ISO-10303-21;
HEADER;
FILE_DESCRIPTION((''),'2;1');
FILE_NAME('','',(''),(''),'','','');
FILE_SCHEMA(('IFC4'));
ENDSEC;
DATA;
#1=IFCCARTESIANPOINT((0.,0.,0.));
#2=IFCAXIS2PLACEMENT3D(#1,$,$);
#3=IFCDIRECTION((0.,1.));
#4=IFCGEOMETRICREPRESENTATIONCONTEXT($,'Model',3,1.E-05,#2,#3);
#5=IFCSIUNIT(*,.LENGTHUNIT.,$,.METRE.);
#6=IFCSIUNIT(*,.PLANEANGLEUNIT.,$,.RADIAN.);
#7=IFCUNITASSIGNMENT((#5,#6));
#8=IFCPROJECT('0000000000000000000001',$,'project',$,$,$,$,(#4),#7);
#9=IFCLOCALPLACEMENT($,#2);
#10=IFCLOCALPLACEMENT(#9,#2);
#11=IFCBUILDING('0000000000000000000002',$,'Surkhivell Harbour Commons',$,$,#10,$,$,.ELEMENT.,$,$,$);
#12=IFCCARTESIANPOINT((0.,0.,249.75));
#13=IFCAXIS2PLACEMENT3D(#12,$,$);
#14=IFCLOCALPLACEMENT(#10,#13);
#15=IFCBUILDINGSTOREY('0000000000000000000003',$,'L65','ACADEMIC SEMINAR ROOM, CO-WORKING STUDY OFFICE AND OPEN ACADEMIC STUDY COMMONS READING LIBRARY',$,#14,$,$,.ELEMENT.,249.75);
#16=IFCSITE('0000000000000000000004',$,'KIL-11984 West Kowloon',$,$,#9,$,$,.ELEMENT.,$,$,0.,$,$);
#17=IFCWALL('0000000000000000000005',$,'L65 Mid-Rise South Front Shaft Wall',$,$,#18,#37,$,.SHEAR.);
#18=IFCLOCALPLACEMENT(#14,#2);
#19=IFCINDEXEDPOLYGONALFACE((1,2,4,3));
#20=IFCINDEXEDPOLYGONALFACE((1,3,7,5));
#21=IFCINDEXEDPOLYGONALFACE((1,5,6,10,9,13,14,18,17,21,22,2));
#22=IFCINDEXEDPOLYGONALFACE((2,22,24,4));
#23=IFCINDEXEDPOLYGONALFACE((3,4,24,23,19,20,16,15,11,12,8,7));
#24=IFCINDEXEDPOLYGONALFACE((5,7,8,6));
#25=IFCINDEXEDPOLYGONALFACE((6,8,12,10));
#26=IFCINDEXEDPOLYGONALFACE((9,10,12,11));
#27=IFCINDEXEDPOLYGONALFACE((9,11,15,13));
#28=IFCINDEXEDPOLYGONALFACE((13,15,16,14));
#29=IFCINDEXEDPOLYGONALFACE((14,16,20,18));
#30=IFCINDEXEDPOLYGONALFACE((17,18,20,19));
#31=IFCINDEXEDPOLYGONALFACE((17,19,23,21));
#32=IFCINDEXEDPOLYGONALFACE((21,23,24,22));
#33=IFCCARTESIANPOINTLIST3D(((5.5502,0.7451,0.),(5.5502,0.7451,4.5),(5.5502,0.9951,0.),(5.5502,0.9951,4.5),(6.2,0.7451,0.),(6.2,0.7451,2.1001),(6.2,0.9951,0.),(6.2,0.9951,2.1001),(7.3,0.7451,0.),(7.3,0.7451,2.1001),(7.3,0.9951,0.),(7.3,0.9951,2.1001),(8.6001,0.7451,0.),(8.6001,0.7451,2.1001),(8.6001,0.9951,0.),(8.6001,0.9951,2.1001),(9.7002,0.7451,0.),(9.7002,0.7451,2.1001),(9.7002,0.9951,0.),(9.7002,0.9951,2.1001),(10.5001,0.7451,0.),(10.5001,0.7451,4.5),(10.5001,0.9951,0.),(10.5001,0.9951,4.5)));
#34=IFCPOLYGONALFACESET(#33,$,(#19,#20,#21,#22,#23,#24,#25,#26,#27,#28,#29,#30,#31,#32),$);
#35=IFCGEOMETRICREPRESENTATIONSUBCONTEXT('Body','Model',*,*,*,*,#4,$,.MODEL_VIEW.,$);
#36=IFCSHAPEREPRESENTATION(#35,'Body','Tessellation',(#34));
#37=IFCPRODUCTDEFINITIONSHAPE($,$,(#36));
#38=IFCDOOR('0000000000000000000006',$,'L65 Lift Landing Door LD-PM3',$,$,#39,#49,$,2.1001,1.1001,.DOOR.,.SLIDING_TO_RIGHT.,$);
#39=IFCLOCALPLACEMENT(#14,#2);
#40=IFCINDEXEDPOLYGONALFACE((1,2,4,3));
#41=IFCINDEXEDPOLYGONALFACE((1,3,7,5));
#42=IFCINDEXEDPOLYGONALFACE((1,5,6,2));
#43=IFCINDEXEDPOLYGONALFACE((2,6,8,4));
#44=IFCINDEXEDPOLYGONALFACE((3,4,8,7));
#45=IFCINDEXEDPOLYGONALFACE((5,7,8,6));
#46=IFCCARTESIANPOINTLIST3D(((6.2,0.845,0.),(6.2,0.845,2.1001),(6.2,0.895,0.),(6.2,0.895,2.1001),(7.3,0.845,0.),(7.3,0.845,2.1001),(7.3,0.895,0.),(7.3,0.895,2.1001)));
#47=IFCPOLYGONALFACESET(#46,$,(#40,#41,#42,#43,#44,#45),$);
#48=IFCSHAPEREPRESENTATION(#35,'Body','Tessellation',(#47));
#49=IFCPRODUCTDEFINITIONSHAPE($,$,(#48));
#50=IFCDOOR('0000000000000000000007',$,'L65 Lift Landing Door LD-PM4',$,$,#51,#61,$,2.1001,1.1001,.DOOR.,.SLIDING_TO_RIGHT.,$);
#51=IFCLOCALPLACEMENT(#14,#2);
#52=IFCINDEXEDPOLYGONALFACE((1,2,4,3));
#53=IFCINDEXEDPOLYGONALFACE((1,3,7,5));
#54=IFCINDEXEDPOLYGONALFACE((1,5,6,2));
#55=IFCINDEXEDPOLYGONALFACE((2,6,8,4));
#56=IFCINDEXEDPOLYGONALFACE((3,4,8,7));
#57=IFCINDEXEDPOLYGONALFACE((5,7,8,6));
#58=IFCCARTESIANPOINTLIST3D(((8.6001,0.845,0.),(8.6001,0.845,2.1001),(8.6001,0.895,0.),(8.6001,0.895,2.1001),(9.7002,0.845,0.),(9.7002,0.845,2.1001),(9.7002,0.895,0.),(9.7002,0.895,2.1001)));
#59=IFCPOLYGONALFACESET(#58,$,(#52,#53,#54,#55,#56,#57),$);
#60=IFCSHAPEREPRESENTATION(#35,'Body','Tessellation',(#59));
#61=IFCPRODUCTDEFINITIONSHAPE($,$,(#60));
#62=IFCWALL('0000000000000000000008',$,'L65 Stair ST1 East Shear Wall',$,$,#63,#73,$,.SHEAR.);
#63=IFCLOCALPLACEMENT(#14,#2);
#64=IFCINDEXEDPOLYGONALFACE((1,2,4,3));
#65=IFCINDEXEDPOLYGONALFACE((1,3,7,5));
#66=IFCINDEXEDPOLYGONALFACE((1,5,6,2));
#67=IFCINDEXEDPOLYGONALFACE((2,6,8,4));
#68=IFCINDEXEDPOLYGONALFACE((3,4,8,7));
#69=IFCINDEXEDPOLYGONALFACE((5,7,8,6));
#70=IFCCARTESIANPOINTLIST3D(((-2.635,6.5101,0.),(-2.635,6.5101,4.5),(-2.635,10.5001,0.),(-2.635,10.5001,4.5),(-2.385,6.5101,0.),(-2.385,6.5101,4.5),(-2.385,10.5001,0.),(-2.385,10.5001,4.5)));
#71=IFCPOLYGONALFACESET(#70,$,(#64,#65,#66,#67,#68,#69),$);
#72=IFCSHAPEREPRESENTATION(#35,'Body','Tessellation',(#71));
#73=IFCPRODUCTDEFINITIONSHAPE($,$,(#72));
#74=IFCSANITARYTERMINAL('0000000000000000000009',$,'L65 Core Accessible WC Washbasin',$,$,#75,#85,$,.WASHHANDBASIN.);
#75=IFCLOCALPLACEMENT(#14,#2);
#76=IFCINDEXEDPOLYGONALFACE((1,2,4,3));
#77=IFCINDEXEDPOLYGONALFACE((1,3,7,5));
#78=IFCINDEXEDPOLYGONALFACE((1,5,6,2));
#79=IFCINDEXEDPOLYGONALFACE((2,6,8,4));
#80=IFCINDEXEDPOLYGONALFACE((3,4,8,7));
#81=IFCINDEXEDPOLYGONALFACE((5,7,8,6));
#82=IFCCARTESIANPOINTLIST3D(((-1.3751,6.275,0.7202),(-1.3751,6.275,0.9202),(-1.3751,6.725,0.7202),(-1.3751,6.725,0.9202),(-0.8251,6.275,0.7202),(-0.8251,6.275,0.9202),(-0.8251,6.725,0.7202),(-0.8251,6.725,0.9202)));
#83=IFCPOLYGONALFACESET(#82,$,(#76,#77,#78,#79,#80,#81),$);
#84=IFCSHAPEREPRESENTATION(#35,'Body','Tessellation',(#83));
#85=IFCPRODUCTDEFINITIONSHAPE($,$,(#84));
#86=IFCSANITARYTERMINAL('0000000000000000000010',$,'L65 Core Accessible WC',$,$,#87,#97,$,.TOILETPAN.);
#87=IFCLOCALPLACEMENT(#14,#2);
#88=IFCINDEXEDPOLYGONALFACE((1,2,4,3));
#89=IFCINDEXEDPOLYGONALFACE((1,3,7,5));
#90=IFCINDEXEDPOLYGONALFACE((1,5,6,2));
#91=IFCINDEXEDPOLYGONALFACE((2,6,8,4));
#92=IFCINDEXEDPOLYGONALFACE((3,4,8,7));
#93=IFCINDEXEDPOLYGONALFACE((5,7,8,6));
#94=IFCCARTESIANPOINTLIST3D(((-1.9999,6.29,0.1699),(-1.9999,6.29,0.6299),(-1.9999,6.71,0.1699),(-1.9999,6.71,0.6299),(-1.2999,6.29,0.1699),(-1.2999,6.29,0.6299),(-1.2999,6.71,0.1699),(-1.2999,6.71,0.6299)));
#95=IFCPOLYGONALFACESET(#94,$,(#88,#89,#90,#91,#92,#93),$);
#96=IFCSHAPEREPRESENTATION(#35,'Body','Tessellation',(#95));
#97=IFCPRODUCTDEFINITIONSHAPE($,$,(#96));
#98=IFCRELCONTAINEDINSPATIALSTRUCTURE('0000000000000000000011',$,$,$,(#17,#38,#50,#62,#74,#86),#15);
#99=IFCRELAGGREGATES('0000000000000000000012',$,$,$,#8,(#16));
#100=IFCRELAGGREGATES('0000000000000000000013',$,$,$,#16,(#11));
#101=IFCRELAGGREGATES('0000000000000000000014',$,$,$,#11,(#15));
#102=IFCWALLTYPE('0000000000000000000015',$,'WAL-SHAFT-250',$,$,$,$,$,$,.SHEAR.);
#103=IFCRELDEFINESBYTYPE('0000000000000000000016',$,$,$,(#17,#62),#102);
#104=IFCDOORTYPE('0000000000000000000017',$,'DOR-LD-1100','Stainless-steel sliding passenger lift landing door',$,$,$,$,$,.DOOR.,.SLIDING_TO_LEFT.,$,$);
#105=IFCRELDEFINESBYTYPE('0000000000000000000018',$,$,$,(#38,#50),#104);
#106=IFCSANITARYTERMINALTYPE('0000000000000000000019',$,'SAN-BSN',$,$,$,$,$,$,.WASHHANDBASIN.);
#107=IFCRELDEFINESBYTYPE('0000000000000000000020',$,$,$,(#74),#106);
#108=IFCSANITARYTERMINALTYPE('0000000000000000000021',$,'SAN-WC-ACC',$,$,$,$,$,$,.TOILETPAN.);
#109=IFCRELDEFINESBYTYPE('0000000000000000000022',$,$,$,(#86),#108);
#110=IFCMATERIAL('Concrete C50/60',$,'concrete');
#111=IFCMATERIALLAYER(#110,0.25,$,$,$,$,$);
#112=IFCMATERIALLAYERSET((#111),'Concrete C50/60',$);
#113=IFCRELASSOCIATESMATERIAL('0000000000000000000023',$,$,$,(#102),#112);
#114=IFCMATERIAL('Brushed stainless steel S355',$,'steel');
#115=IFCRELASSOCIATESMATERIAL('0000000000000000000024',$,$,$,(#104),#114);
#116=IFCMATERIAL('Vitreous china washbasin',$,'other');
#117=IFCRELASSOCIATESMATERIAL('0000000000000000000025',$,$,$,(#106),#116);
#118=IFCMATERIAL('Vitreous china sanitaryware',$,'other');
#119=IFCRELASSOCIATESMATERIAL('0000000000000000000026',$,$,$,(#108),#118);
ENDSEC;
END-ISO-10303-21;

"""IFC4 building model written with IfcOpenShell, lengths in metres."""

from ifc_helpers import new_model, si_unit, direction, frame, frame_2d, origin, origin_2d, place, context, subcontext, project, spatial, rectangle, extrude, material, layer, layer_set, type_object, element, fill, save


model = new_model("IFC4")

# Units and contexts
model_context = context("Model", 3, precision=1e-05, world=origin(), true_north=direction((0.0, 1.0)))
body_context = subcontext(model_context, "Body", "Model", "MODEL_VIEW")
ifc_project = project(units=[si_unit("LENGTHUNIT", "METRE"), si_unit("PLANEANGLEUNIT", "RADIAN")], contexts=[model_context])

# Site, building, storey
site_placement = place(None, origin())
site = spatial("IfcSite", under=ifc_project, at=site_placement, Name="KIL-11984 West Kowloon", CompositionType="ELEMENT", RefElevation=0.0)
building_placement = place(site_placement, origin())
building = spatial("IfcBuilding", under=site, at=building_placement, Name="Surkhivell Harbour Commons", CompositionType="ELEMENT")
storey_placement = place(building_placement, frame((0.0, 0.0, 249.75)))
storey = spatial("IfcBuildingStorey", under=building, at=storey_placement, Name="L65", Description="ACADEMIC SEMINAR ROOM, CO-WORKING STUDY OFFICE AND OPEN ACADEMIC STUDY COMMONS READING LIBRARY", CompositionType="ELEMENT", Elevation=249.75)

# Shared definitions
ifc_material_1 = material(Name="Concrete C50/60", Category="concrete")
ifc_layer_1 = layer(ifc_material_1, 0.25)
ifc_layer_set_1 = layer_set([ifc_layer_1], Name="Concrete C50/60")
wall_type_1 = type_object("IfcWallType", Name="WAL-SHAFT-250", PredefinedType="SHEAR", material=ifc_layer_set_1)

# Shared definitions
ifc_material_2 = material(Name="Brushed stainless steel S355", Category="steel")
door_type_1 = type_object("IfcDoorType", Name="DOR-LD-1100", Description="Stainless-steel sliding passenger lift landing door", OperationType="SLIDING_TO_LEFT", PredefinedType="DOOR", material=ifc_material_2)

# Wall, openings, doors
wall_1_placement = place(storey_placement, frame((5.55, 0.8701, 0.0), z_axis=(0.0, 0.0, 1.0), x_axis=(1.0, 0.0, 0.0)))
wall_1 = element("IfcWall", 1, at=wall_1_placement, inside=storey, type_object=wall_type_1, Name="L65 Mid-Rise South Front Shaft Wall", PredefinedType="SHEAR", context=body_context, shape_type="SweptSolid", body=[
    extrude(rectangle(XDim=4.95, YDim=0.25, at=frame_2d((2.4751, 0.0))), origin(), (0.0, 0.0, 1.0), 4.5),
])
opening_1_placement = place(wall_1_placement, frame((0.6499, 0.0, 0.0)))
opening_1 = element("IfcOpeningElement", 2, at=opening_1_placement, cuts=wall_1, PredefinedType="OPENING", context=body_context, shape_type="SweptSolid", body=[
    extrude(rectangle(XDim=1.1001, YDim=2.1001, at=frame_2d((0.55, 1.05))), frame((0.0, 0.135, 0.0), z_axis=(0.0, -1.0, 0.0), x_axis=(1.0, 0.0, 0.0)), (0.0, 0.0, 1.0), 0.27),
])
opening_2_placement = place(wall_1_placement, frame((3.05, 0.0, 0.0)))
opening_2 = element("IfcOpeningElement", 3, at=opening_2_placement, cuts=wall_1, PredefinedType="OPENING", context=body_context, shape_type="SweptSolid", body=[
    extrude(rectangle(XDim=1.1001, YDim=2.1001, at=frame_2d((0.55, 1.05))), frame((0.0, 0.135, 0.0), z_axis=(0.0, -1.0, 0.0), x_axis=(1.0, 0.0, 0.0)), (0.0, 0.0, 1.0), 0.27),
])
door_1_placement = place(opening_1_placement, origin())
door_1 = element("IfcDoor", 4, at=door_1_placement, inside=storey, type_object=door_type_1, Name="L65 Lift Landing Door LD-PM3", OperationType="SLIDING_TO_RIGHT", OverallHeight=2.1001, OverallWidth=1.1001, PredefinedType="DOOR", context=body_context, shape_type="SweptSolid", body=[
    extrude(rectangle(XDim=1.1001, YDim=2.1001, at=frame_2d((0.55, 1.05))), frame((0.0, 0.0249, 0.0), z_axis=(0.0, -1.0, 0.0), x_axis=(1.0, 0.0, 0.0)), (0.0, 0.0, 1.0), 0.05),
])
fill(opening_1, door_1)
door_2_placement = place(opening_2_placement, origin())
door_2 = element("IfcDoor", 5, at=door_2_placement, inside=storey, type_object=door_type_1, Name="L65 Lift Landing Door LD-PM4", OperationType="SLIDING_TO_RIGHT", OverallHeight=2.1001, OverallWidth=1.1001, PredefinedType="DOOR", context=body_context, shape_type="SweptSolid", body=[
    extrude(rectangle(XDim=1.1001, YDim=2.1001, at=frame_2d((0.55, 1.05))), frame((0.0, 0.0249, 0.0), z_axis=(0.0, -1.0, 0.0), x_axis=(1.0, 0.0, 0.0)), (0.0, 0.0, 1.0), 0.05),
])
fill(opening_2, door_2)

# Wall
wall_2_placement = place(storey_placement, frame((-2.51, 6.51, 0.0), z_axis=(0.0, 0.0, 1.0), x_axis=(0.0, 1.0, 0.0)))
element("IfcWall", 6, at=wall_2_placement, inside=storey, type_object=wall_type_1, Name="L65 Stair ST1 East Shear Wall", PredefinedType="SHEAR", context=body_context, shape_type="SweptSolid", body=[
    extrude(rectangle(XDim=3.99, YDim=0.25, at=frame_2d((1.9951, 0.0))), origin(), (0.0, 0.0, 1.0), 4.5),
])

# Sanitary terminals
ifc_material_3 = material(Name="Vitreous china washbasin", Category="other")
sanitary_terminal_type_1 = type_object("IfcSanitaryTerminalType", Name="SAN-BSN", PredefinedType="WASHHANDBASIN", material=ifc_material_3)
sanitary_terminal_1_placement = place(storey_placement, frame((-1.1001, 6.5, 0.7202), z_axis=(0.0, 0.0, 1.0), x_axis=(1.0, 0.0, 0.0)))
element("IfcSanitaryTerminal", 7, at=sanitary_terminal_1_placement, inside=storey, type_object=sanitary_terminal_type_1, Name="L65 Core Accessible WC Washbasin", PredefinedType="WASHHANDBASIN", context=body_context, shape_type="SweptSolid", body=[
    extrude(rectangle(XDim=0.55, YDim=0.45, at=origin_2d()), origin(), (0.0, 0.0, 1.0), 0.2),
])
ifc_material_4 = material(Name="Vitreous china sanitaryware", Category="other")
sanitary_terminal_type_2 = type_object("IfcSanitaryTerminalType", Name="SAN-WC-ACC", PredefinedType="TOILETPAN", material=ifc_material_4)
sanitary_terminal_2_placement = place(storey_placement, frame((-1.6499, 6.5, 0.1699), z_axis=(0.0, 0.0, 1.0), x_axis=(1.0, 0.0, 0.0)))
element("IfcSanitaryTerminal", 8, at=sanitary_terminal_2_placement, inside=storey, type_object=sanitary_terminal_type_2, Name="L65 Core Accessible WC", PredefinedType="TOILETPAN", context=body_context, shape_type="SweptSolid", body=[
    extrude(rectangle(XDim=0.7, YDim=0.4199, at=origin_2d()), origin(), (0.0, 0.0, 1.0), 0.46),
])

save(model, "model.ifc")
